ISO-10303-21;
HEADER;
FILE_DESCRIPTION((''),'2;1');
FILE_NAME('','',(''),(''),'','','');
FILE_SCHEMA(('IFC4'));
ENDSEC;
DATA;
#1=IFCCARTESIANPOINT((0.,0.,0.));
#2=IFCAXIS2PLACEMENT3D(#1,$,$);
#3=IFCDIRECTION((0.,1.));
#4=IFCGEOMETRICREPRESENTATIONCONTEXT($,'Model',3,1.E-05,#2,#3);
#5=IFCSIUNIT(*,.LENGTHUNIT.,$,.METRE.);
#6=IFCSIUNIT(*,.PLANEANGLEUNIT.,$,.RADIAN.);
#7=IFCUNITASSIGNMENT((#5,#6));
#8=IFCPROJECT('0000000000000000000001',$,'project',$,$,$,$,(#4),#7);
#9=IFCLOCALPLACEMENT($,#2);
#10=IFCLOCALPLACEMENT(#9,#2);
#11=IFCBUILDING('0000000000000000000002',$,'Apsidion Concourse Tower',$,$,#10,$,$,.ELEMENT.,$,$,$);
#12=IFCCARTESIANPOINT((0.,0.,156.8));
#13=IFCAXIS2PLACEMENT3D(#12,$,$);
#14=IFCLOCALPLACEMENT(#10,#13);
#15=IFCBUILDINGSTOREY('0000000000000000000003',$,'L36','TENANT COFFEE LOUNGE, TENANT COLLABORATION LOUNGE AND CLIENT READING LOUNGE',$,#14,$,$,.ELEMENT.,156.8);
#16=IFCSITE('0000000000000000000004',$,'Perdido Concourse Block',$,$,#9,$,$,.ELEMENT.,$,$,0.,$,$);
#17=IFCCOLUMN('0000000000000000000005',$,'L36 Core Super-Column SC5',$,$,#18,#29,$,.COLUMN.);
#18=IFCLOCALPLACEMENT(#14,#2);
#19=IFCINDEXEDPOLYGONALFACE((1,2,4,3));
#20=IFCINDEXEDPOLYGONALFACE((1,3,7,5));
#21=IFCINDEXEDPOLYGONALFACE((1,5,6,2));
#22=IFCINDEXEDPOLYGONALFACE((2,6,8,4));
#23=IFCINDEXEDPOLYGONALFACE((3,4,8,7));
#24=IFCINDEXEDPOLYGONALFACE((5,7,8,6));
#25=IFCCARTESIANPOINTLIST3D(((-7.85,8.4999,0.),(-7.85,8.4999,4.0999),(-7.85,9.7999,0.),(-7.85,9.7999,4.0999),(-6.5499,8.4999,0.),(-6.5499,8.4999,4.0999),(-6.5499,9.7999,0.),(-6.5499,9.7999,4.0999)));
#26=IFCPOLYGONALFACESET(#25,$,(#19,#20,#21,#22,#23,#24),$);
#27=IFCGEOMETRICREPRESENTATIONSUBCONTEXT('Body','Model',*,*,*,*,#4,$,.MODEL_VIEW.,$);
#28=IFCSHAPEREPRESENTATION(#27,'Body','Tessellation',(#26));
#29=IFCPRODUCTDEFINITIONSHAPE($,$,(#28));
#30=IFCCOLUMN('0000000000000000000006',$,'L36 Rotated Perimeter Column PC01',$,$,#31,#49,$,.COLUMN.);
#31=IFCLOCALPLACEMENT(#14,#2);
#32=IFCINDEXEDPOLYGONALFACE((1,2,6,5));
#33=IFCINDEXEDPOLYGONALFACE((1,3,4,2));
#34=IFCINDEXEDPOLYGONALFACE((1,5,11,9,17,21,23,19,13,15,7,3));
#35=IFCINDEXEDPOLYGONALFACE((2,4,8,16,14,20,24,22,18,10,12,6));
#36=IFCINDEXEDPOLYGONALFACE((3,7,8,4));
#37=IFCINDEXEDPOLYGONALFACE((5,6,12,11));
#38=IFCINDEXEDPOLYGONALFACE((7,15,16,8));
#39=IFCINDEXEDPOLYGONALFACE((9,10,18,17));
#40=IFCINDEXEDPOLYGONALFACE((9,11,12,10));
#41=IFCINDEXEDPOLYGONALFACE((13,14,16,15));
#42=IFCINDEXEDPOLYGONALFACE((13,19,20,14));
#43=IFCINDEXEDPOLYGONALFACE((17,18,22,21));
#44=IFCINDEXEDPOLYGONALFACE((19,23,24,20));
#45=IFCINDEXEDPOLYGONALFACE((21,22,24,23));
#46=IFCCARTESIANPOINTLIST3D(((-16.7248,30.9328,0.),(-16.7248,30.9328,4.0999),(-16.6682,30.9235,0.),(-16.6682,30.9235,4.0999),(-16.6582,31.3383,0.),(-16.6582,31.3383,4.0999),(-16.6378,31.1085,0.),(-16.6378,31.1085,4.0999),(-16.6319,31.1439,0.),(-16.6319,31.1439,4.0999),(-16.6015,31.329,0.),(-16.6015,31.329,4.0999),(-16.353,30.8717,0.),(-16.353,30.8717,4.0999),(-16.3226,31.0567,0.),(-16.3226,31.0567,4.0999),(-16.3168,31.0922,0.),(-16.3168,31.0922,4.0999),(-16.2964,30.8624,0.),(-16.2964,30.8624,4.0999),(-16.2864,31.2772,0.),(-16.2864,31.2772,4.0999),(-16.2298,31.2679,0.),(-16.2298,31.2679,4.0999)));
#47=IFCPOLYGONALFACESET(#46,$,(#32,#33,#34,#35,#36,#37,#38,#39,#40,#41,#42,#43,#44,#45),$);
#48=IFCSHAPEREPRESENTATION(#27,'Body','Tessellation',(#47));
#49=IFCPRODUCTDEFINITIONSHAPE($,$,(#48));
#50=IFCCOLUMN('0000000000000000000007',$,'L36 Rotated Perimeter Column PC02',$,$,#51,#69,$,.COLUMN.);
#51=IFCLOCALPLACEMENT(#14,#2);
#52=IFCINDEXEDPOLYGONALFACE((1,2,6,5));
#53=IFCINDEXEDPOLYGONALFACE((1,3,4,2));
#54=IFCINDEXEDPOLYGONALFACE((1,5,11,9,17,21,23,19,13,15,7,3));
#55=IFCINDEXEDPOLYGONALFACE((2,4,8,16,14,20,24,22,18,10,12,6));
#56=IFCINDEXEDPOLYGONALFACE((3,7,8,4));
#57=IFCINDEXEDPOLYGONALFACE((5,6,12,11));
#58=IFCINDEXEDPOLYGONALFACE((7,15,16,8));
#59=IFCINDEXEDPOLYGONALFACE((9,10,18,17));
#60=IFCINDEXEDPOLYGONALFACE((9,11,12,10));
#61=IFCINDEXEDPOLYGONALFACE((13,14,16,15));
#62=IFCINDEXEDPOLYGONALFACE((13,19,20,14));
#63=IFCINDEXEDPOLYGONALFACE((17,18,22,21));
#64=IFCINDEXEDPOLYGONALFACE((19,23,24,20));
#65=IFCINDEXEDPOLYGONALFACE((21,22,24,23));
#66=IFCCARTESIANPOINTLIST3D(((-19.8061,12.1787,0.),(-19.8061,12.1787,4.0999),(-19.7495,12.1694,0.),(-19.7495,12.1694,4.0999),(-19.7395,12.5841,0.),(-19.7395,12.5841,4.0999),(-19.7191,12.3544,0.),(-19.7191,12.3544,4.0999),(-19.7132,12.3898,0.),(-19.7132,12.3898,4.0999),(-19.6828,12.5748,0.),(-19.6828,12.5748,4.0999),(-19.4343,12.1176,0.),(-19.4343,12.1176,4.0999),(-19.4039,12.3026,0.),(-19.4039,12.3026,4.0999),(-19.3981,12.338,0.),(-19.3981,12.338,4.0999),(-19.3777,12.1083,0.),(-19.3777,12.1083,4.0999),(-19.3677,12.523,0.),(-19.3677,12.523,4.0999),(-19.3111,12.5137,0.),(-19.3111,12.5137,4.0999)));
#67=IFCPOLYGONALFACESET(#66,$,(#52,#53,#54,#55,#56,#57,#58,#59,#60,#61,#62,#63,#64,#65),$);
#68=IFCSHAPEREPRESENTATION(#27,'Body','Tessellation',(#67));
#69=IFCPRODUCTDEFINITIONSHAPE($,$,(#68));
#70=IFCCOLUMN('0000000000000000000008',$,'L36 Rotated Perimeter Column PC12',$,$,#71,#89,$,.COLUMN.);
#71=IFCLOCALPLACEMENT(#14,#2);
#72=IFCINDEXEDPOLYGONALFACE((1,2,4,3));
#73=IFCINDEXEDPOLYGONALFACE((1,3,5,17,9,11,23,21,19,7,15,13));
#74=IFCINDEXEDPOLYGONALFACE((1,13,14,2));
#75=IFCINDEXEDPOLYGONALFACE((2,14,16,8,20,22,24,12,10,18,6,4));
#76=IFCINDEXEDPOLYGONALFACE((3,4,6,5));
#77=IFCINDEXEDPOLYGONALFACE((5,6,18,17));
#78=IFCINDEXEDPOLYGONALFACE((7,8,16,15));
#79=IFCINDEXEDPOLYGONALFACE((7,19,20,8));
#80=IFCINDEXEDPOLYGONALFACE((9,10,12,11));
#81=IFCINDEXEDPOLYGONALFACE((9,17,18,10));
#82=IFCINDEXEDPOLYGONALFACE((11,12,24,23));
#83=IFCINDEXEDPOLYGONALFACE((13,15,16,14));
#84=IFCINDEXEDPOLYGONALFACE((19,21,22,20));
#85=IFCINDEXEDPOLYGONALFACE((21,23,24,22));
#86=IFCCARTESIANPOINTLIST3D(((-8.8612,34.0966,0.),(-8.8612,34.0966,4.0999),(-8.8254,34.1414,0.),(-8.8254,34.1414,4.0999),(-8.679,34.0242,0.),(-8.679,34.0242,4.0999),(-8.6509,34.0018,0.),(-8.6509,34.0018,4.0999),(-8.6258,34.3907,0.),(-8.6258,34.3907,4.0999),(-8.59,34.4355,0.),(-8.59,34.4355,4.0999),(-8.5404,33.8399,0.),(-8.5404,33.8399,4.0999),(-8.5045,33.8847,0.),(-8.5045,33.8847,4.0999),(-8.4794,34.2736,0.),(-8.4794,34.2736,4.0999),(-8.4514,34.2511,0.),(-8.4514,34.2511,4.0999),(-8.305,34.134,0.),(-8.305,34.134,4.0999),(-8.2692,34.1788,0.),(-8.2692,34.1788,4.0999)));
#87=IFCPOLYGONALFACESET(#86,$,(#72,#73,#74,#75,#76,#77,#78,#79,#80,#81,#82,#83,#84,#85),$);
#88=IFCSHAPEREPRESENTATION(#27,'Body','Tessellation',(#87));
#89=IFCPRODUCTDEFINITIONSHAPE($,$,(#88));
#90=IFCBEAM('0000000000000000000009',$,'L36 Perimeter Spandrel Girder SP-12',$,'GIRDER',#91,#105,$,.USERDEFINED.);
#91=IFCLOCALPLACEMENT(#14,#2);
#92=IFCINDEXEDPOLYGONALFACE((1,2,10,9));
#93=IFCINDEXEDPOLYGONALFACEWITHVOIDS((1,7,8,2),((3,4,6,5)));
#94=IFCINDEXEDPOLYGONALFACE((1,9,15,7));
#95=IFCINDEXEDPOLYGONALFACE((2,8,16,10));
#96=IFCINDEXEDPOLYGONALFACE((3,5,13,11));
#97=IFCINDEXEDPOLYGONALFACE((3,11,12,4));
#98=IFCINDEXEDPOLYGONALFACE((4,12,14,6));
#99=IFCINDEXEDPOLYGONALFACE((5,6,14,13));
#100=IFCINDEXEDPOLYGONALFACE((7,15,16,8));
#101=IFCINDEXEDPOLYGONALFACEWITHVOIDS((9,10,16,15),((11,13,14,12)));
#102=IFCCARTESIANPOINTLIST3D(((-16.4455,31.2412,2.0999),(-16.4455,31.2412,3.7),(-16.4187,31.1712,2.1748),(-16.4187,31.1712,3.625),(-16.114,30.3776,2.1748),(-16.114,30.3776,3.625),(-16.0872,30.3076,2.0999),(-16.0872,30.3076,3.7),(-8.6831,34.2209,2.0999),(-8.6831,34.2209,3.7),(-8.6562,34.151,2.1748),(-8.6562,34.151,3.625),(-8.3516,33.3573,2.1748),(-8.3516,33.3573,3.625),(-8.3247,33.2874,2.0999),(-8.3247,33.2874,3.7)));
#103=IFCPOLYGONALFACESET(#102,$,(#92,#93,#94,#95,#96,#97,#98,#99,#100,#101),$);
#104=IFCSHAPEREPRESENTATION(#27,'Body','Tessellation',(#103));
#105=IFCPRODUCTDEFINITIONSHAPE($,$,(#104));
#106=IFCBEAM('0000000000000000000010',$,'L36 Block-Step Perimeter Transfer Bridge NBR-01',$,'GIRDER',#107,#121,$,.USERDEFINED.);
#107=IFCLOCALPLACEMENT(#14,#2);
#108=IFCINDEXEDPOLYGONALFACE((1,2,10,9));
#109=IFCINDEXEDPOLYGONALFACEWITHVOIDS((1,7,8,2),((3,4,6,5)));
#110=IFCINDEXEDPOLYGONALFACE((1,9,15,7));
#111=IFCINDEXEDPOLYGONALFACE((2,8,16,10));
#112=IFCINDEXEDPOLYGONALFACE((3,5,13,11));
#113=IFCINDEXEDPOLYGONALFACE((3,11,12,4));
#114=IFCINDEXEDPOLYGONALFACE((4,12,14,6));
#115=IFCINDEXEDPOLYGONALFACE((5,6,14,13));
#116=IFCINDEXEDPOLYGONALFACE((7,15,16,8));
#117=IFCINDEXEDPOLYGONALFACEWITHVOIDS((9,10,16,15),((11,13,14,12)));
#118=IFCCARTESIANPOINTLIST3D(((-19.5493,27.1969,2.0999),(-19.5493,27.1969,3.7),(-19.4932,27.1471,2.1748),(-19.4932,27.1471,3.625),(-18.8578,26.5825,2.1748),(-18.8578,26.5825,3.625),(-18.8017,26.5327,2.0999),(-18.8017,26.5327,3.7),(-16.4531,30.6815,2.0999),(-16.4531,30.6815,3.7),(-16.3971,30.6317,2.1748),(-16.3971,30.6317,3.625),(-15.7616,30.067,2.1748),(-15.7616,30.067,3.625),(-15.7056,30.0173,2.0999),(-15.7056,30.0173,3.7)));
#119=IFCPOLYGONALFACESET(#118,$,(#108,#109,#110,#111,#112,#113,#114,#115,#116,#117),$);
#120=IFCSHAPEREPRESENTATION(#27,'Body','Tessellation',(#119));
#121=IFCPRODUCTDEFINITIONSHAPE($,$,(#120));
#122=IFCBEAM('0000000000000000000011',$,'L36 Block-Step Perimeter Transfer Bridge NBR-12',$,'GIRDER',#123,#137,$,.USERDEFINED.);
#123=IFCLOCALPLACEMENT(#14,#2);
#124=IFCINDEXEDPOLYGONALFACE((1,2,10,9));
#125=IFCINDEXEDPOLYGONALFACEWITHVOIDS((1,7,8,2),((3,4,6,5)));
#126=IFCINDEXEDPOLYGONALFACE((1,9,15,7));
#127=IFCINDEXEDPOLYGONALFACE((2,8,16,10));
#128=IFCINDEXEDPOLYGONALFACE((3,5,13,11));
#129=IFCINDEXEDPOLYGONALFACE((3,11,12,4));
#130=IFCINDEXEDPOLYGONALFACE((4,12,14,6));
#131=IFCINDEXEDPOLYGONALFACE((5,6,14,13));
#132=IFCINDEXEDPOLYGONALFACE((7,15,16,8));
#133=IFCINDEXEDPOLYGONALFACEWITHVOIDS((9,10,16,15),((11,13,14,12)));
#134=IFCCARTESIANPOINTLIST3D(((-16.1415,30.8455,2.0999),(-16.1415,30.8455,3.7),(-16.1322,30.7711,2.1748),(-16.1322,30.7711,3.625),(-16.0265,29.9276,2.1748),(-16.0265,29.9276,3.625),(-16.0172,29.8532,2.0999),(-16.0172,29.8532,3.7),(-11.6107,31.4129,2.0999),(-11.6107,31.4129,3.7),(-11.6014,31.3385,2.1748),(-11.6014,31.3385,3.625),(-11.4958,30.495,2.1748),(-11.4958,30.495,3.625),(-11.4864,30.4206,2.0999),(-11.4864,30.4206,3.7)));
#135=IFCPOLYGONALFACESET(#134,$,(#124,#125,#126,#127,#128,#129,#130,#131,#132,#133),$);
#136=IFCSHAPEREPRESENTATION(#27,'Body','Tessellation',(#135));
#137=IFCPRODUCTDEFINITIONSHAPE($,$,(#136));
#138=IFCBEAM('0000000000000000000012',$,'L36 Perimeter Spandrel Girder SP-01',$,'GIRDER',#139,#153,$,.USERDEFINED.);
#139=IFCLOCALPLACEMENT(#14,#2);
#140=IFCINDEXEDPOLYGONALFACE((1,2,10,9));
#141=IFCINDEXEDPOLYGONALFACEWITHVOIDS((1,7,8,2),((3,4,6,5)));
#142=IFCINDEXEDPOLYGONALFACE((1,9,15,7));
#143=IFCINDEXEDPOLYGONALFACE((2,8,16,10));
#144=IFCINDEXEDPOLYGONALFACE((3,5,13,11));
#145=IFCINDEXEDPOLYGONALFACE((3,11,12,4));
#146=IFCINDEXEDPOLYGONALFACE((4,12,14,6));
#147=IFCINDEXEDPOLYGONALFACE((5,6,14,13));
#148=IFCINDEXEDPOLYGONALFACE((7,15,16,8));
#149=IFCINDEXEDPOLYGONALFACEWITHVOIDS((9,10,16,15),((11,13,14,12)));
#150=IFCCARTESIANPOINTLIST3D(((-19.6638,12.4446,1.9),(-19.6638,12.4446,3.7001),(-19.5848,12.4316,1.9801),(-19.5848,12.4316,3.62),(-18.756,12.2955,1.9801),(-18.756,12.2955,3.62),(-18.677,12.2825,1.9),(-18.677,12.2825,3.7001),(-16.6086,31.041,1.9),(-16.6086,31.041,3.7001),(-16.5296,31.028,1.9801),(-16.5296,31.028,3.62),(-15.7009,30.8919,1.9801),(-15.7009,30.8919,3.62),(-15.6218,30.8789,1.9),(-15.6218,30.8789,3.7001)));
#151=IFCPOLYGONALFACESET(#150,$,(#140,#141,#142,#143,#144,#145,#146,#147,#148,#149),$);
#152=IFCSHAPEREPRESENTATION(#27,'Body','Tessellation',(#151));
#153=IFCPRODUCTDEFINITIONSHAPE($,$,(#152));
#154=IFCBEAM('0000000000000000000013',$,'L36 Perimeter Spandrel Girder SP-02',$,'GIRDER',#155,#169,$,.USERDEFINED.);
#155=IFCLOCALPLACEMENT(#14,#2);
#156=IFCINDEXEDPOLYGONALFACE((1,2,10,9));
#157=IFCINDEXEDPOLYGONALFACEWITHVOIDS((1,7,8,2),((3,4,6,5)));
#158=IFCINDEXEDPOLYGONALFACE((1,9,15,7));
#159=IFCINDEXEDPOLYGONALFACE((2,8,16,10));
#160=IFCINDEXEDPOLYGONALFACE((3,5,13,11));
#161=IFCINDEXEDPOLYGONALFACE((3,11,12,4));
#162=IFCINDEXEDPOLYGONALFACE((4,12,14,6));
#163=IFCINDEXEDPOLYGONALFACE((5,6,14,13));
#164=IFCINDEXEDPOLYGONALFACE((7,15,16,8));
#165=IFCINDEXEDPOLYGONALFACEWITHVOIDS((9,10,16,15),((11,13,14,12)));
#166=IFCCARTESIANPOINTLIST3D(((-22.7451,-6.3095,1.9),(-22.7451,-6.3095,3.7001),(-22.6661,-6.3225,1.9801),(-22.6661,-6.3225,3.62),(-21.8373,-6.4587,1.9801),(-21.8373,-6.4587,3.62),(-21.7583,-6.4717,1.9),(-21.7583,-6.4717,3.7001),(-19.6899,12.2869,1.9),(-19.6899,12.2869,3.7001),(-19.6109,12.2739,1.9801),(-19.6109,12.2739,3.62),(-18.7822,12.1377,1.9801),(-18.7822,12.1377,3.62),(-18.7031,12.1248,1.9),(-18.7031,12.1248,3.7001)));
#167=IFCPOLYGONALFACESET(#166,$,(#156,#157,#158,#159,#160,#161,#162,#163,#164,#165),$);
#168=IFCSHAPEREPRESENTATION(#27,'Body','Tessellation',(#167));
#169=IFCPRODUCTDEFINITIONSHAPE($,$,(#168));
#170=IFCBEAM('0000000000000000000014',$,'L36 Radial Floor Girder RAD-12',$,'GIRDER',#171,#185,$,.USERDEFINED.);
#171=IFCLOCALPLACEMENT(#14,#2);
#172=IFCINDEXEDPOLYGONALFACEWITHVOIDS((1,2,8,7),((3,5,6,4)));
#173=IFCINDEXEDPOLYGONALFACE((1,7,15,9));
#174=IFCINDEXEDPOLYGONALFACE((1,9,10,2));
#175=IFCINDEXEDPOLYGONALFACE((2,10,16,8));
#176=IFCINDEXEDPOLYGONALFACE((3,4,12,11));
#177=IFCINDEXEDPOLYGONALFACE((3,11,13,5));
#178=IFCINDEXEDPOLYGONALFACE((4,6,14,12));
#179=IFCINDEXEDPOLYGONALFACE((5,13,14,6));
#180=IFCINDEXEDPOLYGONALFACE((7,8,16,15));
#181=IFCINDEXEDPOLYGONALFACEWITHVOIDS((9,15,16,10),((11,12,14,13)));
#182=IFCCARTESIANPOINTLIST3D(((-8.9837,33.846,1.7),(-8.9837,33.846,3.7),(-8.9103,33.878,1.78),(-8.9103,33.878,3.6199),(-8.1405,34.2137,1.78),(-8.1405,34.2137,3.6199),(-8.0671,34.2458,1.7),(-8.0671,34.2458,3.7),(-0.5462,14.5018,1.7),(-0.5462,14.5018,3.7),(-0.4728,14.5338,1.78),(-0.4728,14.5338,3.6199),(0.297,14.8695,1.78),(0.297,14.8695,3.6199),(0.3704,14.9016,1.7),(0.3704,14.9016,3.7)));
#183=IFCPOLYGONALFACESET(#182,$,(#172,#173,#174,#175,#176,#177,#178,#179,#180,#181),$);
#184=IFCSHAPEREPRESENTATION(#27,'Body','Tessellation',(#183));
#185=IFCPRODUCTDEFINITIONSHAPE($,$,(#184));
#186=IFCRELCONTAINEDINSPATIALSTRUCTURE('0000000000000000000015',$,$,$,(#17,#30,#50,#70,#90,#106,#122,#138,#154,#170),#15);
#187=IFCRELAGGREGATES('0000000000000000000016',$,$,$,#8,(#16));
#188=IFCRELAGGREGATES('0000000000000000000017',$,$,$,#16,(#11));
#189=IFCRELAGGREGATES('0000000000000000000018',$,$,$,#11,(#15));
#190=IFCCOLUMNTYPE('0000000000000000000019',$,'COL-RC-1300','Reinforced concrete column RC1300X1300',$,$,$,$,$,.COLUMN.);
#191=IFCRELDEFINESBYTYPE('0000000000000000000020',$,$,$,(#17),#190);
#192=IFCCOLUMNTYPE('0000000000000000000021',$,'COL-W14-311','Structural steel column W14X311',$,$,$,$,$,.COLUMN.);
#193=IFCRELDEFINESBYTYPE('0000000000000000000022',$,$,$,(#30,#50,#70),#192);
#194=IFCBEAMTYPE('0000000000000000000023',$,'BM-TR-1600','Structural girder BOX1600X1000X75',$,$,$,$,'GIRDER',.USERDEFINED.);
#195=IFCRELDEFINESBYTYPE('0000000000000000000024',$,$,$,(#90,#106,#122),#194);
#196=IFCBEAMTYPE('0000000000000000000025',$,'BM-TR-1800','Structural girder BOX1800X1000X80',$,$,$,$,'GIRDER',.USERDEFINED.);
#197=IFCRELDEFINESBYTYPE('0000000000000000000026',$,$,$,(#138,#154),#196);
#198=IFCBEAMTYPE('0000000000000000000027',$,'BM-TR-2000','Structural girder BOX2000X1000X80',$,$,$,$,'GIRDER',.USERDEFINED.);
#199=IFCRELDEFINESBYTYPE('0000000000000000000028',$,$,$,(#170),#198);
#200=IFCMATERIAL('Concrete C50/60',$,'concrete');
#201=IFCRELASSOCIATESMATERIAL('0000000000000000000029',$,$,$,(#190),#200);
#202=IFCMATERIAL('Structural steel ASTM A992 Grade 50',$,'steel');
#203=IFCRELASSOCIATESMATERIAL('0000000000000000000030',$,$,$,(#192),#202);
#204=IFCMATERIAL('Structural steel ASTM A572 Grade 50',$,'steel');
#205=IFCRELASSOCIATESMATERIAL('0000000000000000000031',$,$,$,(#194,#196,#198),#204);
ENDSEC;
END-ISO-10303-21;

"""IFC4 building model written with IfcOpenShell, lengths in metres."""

from ifc_helpers import new_model, si_unit, direction, frame, origin, origin_2d, place, context, subcontext, project, spatial, rectangle, hollow_rectangle, i_section, extrude, material, material_profile, profile_set, type_object, element, save


model = new_model("IFC4")

# Units and contexts
model_context = context("Model", 3, precision=1e-05, world=origin(), true_north=direction((0.0, 1.0)))
body_context = subcontext(model_context, "Body", "Model", "MODEL_VIEW")
ifc_project = project(units=[si_unit("LENGTHUNIT", "METRE"), si_unit("PLANEANGLEUNIT", "RADIAN")], contexts=[model_context])

# Site, building, storey
site_placement = place(None, origin())
site = spatial("IfcSite", under=ifc_project, at=site_placement, Name="Perdido Concourse Block", CompositionType="ELEMENT", RefElevation=0.0)
building_placement = place(site_placement, origin())
building = spatial("IfcBuilding", under=site, at=building_placement, Name="Apsidion Concourse Tower", CompositionType="ELEMENT")
storey_placement = place(building_placement, frame((0.0, 0.0, 156.8)))
storey = spatial("IfcBuildingStorey", under=building, at=storey_placement, Name="L36", Description="TENANT COFFEE LOUNGE, TENANT COLLABORATION LOUNGE AND CLIENT READING LOUNGE", CompositionType="ELEMENT", Elevation=156.8)

# Columns
ifc_material_1 = material(Name="Concrete C50/60", Category="concrete")
ifc_material_profile_1 = material_profile(ifc_material_1, rectangle(XDim=1.3, YDim=1.3, at=origin_2d()), Name="RC 1300x1300")
ifc_profile_set_1 = profile_set([ifc_material_profile_1], Name="Concrete C50/60")
column_type_1 = type_object("IfcColumnType", Name="COL-RC-1300", Description="Reinforced concrete column RC1300X1300", PredefinedType="COLUMN", material=ifc_profile_set_1)
column_placement = place(storey_placement, frame((-7.2, 9.1499, 0.0), z_axis=(0.0, 0.0, 1.0), x_axis=(1.0, 0.0, 0.0)))
element("IfcColumn", 1, at=column_placement, inside=storey, type_object=column_type_1, Name="L36 Core Super-Column SC5", PredefinedType="COLUMN", context=body_context, shape_type="SweptSolid", body=[
    extrude(rectangle(XDim=1.3, YDim=1.3, at=origin_2d()), origin(), (0.0, 0.0, 1.0), 4.0999),
])
ifc_material_2 = material(Name="Structural steel ASTM A992 Grade 50", Category="steel")
ifc_material_profile_2 = material_profile(ifc_material_2, i_section(OverallWidth=0.4109, OverallDepth=0.4341, WebThickness=0.0359, FlangeThickness=0.0574, at=origin_2d()), Name="W14X311")
ifc_profile_set_2 = profile_set([ifc_material_profile_2], Name="Structural steel ASTM A992 Grade 50")
column_type_2 = type_object("IfcColumnType", Name="COL-W14-311", Description="Structural steel column W14X311", PredefinedType="COLUMN", material=ifc_profile_set_2)
for number, where, z_axis, x_axis, name in (
    (2, (-16.4773, 31.1003, 0.0), (0.0, 0.0, 1.0), (0.162121, 0.986771, 0.0), "L36 Rotated Perimeter Column PC01"),
    (3, (-19.5586, 12.3462, 0.0), (0.0, 0.0, 1.0), (0.162121, 0.986771, 0.0), "L36 Rotated Perimeter Column PC02"),
    (4, (-8.5652, 34.1377, 0.0), (0.0, 0.0, 1.0), (-0.780758, 0.624834, 0.0), "L36 Rotated Perimeter Column PC12"),
):
    element("IfcColumn", number, at=place(storey_placement, frame(where, z_axis=z_axis, x_axis=x_axis)), inside=storey, type_object=column_type_2, Name=name, PredefinedType="COLUMN", context=body_context, shape_type="SweptSolid", body=[
        extrude(i_section(OverallWidth=0.4109, OverallDepth=0.4341, WebThickness=0.0359, FlangeThickness=0.0574, at=origin_2d()), origin(), (0.0, 0.0, 1.0), 4.0999),
    ])

# Beams
ifc_material_3 = material(Name="Structural steel ASTM A572 Grade 50", Category="steel")
ifc_material_profile_3 = material_profile(ifc_material_3, hollow_rectangle(XDim=1.0, YDim=1.6001, WallThickness=0.075, at=origin_2d()), Name="BOX1600X1000X75")
ifc_profile_set_3 = profile_set([ifc_material_profile_3], Name="Structural steel ASTM A572 Grade 50")
beam_type_1 = type_object("IfcBeamType", Name="BM-TR-1600", Description="Structural girder BOX1600X1000X75", ElementType="GIRDER", PredefinedType="USERDEFINED", material=ifc_profile_set_3)
beam_1_placement = place(storey_placement, frame((-8.5039, 33.7542, 2.8999), z_axis=(-0.93358, -0.358369, 0.0), x_axis=(0.358369, -0.93358, 0.0)))
element("IfcBeam", 5, at=beam_1_placement, inside=storey, type_object=beam_type_1, Name="L36 Perimeter Spandrel Girder SP-12", ObjectType="GIRDER", PredefinedType="USERDEFINED", context=body_context, shape_type="SweptSolid", body=[
    extrude(hollow_rectangle(XDim=1.0, YDim=1.6001, WallThickness=0.075, at=origin_2d()), origin(), (0.0, 0.0, 1.0), 8.3147),
])
beam_2_placement = place(storey_placement, frame((-16.0793, 30.3494, 2.8999), z_axis=(-0.664214, -0.747542, 0.0), x_axis=(0.747542, -0.664214, 0.0)))
element("IfcBeam", 6, at=beam_2_placement, inside=storey, type_object=beam_type_1, Name="L36 Block-Step Perimeter Transfer Bridge NBR-01", ObjectType="GIRDER", PredefinedType="USERDEFINED", context=body_context, shape_type="SweptSolid", body=[
    extrude(hollow_rectangle(XDim=1.0, YDim=1.6001, WallThickness=0.075, at=origin_2d()), origin(), (0.0, 0.0, 1.0), 4.6614),
])
beam_3_placement = place(storey_placement, frame((-16.0793, 30.3494, 2.8999), z_axis=(0.99225, 0.124258, 0.0), x_axis=(-0.124258, 0.99225, 0.0)))
element("IfcBeam", 7, at=beam_3_placement, inside=storey, type_object=beam_type_1, Name="L36 Block-Step Perimeter Transfer Bridge NBR-12", ObjectType="GIRDER", PredefinedType="USERDEFINED", context=body_context, shape_type="SweptSolid", body=[
    extrude(hollow_rectangle(XDim=1.0, YDim=1.6001, WallThickness=0.075, at=origin_2d()), origin(), (0.0, 0.0, 1.0), 4.5662),
])
ifc_material_profile_4 = material_profile(ifc_material_3, hollow_rectangle(XDim=1.0, YDim=1.8, WallThickness=0.0801, at=origin_2d()), Name="BOX1800X1000X80")
ifc_profile_set_4 = profile_set([ifc_material_profile_4], Name="Structural steel ASTM A572 Grade 50")
beam_type_2 = type_object("IfcBeamType", Name="BM-TR-1800", Description="Structural girder BOX1800X1000X80", ElementType="GIRDER", PredefinedType="USERDEFINED", material=ifc_profile_set_4)
for number, where, z_axis, x_axis, name in (
    (8, (-16.1152, 30.96, 2.8), (-0.162115, -0.986772, 0.0), (0.986772, -0.162115, 0.0), "L36 Perimeter Spandrel Girder SP-01"),
    (9, (-19.1965, 12.2058, 2.8), (-0.162115, -0.986772, 0.0), (0.986772, -0.162115, 0.0), "L36 Perimeter Spandrel Girder SP-02"),
):
    element("IfcBeam", number, at=place(storey_placement, frame(where, z_axis=z_axis, x_axis=x_axis)), inside=storey, type_object=beam_type_2, Name=name, ObjectType="GIRDER", PredefinedType="USERDEFINED", context=body_context, shape_type="SweptSolid", body=[
        extrude(hollow_rectangle(XDim=1.0, YDim=1.8, WallThickness=0.0801, at=origin_2d()), origin(), (0.0, 0.0, 1.0), 18.8457),
    ])
ifc_material_profile_5 = material_profile(ifc_material_3, hollow_rectangle(XDim=1.0, YDim=2.0, WallThickness=0.0801, at=origin_2d()), Name="BOX2000X1000X80")
ifc_profile_set_5 = profile_set([ifc_material_profile_5], Name="Structural steel ASTM A572 Grade 50")
beam_type_3 = type_object("IfcBeamType", Name="BM-TR-2000", Description="Structural girder BOX2000X1000X80", ElementType="GIRDER", PredefinedType="USERDEFINED", material=ifc_profile_set_5)
beam_4_placement = place(storey_placement, frame((-0.0879, 14.7017, 2.7), z_axis=(-0.3998, 0.916602, 0.0), x_axis=(-0.916602, -0.3998, 0.0)))
element("IfcBeam", 10, at=beam_4_placement, inside=storey, type_object=beam_type_3, Name="L36 Radial Floor Girder RAD-12", ObjectType="GIRDER", PredefinedType="USERDEFINED", context=body_context, shape_type="SweptSolid", body=[
    extrude(hollow_rectangle(XDim=1.0, YDim=2.0, WallThickness=0.0801, at=origin_2d()), origin(), (0.0, 0.0, 1.0), 21.1042),
])

save(model, "model.ifc")
